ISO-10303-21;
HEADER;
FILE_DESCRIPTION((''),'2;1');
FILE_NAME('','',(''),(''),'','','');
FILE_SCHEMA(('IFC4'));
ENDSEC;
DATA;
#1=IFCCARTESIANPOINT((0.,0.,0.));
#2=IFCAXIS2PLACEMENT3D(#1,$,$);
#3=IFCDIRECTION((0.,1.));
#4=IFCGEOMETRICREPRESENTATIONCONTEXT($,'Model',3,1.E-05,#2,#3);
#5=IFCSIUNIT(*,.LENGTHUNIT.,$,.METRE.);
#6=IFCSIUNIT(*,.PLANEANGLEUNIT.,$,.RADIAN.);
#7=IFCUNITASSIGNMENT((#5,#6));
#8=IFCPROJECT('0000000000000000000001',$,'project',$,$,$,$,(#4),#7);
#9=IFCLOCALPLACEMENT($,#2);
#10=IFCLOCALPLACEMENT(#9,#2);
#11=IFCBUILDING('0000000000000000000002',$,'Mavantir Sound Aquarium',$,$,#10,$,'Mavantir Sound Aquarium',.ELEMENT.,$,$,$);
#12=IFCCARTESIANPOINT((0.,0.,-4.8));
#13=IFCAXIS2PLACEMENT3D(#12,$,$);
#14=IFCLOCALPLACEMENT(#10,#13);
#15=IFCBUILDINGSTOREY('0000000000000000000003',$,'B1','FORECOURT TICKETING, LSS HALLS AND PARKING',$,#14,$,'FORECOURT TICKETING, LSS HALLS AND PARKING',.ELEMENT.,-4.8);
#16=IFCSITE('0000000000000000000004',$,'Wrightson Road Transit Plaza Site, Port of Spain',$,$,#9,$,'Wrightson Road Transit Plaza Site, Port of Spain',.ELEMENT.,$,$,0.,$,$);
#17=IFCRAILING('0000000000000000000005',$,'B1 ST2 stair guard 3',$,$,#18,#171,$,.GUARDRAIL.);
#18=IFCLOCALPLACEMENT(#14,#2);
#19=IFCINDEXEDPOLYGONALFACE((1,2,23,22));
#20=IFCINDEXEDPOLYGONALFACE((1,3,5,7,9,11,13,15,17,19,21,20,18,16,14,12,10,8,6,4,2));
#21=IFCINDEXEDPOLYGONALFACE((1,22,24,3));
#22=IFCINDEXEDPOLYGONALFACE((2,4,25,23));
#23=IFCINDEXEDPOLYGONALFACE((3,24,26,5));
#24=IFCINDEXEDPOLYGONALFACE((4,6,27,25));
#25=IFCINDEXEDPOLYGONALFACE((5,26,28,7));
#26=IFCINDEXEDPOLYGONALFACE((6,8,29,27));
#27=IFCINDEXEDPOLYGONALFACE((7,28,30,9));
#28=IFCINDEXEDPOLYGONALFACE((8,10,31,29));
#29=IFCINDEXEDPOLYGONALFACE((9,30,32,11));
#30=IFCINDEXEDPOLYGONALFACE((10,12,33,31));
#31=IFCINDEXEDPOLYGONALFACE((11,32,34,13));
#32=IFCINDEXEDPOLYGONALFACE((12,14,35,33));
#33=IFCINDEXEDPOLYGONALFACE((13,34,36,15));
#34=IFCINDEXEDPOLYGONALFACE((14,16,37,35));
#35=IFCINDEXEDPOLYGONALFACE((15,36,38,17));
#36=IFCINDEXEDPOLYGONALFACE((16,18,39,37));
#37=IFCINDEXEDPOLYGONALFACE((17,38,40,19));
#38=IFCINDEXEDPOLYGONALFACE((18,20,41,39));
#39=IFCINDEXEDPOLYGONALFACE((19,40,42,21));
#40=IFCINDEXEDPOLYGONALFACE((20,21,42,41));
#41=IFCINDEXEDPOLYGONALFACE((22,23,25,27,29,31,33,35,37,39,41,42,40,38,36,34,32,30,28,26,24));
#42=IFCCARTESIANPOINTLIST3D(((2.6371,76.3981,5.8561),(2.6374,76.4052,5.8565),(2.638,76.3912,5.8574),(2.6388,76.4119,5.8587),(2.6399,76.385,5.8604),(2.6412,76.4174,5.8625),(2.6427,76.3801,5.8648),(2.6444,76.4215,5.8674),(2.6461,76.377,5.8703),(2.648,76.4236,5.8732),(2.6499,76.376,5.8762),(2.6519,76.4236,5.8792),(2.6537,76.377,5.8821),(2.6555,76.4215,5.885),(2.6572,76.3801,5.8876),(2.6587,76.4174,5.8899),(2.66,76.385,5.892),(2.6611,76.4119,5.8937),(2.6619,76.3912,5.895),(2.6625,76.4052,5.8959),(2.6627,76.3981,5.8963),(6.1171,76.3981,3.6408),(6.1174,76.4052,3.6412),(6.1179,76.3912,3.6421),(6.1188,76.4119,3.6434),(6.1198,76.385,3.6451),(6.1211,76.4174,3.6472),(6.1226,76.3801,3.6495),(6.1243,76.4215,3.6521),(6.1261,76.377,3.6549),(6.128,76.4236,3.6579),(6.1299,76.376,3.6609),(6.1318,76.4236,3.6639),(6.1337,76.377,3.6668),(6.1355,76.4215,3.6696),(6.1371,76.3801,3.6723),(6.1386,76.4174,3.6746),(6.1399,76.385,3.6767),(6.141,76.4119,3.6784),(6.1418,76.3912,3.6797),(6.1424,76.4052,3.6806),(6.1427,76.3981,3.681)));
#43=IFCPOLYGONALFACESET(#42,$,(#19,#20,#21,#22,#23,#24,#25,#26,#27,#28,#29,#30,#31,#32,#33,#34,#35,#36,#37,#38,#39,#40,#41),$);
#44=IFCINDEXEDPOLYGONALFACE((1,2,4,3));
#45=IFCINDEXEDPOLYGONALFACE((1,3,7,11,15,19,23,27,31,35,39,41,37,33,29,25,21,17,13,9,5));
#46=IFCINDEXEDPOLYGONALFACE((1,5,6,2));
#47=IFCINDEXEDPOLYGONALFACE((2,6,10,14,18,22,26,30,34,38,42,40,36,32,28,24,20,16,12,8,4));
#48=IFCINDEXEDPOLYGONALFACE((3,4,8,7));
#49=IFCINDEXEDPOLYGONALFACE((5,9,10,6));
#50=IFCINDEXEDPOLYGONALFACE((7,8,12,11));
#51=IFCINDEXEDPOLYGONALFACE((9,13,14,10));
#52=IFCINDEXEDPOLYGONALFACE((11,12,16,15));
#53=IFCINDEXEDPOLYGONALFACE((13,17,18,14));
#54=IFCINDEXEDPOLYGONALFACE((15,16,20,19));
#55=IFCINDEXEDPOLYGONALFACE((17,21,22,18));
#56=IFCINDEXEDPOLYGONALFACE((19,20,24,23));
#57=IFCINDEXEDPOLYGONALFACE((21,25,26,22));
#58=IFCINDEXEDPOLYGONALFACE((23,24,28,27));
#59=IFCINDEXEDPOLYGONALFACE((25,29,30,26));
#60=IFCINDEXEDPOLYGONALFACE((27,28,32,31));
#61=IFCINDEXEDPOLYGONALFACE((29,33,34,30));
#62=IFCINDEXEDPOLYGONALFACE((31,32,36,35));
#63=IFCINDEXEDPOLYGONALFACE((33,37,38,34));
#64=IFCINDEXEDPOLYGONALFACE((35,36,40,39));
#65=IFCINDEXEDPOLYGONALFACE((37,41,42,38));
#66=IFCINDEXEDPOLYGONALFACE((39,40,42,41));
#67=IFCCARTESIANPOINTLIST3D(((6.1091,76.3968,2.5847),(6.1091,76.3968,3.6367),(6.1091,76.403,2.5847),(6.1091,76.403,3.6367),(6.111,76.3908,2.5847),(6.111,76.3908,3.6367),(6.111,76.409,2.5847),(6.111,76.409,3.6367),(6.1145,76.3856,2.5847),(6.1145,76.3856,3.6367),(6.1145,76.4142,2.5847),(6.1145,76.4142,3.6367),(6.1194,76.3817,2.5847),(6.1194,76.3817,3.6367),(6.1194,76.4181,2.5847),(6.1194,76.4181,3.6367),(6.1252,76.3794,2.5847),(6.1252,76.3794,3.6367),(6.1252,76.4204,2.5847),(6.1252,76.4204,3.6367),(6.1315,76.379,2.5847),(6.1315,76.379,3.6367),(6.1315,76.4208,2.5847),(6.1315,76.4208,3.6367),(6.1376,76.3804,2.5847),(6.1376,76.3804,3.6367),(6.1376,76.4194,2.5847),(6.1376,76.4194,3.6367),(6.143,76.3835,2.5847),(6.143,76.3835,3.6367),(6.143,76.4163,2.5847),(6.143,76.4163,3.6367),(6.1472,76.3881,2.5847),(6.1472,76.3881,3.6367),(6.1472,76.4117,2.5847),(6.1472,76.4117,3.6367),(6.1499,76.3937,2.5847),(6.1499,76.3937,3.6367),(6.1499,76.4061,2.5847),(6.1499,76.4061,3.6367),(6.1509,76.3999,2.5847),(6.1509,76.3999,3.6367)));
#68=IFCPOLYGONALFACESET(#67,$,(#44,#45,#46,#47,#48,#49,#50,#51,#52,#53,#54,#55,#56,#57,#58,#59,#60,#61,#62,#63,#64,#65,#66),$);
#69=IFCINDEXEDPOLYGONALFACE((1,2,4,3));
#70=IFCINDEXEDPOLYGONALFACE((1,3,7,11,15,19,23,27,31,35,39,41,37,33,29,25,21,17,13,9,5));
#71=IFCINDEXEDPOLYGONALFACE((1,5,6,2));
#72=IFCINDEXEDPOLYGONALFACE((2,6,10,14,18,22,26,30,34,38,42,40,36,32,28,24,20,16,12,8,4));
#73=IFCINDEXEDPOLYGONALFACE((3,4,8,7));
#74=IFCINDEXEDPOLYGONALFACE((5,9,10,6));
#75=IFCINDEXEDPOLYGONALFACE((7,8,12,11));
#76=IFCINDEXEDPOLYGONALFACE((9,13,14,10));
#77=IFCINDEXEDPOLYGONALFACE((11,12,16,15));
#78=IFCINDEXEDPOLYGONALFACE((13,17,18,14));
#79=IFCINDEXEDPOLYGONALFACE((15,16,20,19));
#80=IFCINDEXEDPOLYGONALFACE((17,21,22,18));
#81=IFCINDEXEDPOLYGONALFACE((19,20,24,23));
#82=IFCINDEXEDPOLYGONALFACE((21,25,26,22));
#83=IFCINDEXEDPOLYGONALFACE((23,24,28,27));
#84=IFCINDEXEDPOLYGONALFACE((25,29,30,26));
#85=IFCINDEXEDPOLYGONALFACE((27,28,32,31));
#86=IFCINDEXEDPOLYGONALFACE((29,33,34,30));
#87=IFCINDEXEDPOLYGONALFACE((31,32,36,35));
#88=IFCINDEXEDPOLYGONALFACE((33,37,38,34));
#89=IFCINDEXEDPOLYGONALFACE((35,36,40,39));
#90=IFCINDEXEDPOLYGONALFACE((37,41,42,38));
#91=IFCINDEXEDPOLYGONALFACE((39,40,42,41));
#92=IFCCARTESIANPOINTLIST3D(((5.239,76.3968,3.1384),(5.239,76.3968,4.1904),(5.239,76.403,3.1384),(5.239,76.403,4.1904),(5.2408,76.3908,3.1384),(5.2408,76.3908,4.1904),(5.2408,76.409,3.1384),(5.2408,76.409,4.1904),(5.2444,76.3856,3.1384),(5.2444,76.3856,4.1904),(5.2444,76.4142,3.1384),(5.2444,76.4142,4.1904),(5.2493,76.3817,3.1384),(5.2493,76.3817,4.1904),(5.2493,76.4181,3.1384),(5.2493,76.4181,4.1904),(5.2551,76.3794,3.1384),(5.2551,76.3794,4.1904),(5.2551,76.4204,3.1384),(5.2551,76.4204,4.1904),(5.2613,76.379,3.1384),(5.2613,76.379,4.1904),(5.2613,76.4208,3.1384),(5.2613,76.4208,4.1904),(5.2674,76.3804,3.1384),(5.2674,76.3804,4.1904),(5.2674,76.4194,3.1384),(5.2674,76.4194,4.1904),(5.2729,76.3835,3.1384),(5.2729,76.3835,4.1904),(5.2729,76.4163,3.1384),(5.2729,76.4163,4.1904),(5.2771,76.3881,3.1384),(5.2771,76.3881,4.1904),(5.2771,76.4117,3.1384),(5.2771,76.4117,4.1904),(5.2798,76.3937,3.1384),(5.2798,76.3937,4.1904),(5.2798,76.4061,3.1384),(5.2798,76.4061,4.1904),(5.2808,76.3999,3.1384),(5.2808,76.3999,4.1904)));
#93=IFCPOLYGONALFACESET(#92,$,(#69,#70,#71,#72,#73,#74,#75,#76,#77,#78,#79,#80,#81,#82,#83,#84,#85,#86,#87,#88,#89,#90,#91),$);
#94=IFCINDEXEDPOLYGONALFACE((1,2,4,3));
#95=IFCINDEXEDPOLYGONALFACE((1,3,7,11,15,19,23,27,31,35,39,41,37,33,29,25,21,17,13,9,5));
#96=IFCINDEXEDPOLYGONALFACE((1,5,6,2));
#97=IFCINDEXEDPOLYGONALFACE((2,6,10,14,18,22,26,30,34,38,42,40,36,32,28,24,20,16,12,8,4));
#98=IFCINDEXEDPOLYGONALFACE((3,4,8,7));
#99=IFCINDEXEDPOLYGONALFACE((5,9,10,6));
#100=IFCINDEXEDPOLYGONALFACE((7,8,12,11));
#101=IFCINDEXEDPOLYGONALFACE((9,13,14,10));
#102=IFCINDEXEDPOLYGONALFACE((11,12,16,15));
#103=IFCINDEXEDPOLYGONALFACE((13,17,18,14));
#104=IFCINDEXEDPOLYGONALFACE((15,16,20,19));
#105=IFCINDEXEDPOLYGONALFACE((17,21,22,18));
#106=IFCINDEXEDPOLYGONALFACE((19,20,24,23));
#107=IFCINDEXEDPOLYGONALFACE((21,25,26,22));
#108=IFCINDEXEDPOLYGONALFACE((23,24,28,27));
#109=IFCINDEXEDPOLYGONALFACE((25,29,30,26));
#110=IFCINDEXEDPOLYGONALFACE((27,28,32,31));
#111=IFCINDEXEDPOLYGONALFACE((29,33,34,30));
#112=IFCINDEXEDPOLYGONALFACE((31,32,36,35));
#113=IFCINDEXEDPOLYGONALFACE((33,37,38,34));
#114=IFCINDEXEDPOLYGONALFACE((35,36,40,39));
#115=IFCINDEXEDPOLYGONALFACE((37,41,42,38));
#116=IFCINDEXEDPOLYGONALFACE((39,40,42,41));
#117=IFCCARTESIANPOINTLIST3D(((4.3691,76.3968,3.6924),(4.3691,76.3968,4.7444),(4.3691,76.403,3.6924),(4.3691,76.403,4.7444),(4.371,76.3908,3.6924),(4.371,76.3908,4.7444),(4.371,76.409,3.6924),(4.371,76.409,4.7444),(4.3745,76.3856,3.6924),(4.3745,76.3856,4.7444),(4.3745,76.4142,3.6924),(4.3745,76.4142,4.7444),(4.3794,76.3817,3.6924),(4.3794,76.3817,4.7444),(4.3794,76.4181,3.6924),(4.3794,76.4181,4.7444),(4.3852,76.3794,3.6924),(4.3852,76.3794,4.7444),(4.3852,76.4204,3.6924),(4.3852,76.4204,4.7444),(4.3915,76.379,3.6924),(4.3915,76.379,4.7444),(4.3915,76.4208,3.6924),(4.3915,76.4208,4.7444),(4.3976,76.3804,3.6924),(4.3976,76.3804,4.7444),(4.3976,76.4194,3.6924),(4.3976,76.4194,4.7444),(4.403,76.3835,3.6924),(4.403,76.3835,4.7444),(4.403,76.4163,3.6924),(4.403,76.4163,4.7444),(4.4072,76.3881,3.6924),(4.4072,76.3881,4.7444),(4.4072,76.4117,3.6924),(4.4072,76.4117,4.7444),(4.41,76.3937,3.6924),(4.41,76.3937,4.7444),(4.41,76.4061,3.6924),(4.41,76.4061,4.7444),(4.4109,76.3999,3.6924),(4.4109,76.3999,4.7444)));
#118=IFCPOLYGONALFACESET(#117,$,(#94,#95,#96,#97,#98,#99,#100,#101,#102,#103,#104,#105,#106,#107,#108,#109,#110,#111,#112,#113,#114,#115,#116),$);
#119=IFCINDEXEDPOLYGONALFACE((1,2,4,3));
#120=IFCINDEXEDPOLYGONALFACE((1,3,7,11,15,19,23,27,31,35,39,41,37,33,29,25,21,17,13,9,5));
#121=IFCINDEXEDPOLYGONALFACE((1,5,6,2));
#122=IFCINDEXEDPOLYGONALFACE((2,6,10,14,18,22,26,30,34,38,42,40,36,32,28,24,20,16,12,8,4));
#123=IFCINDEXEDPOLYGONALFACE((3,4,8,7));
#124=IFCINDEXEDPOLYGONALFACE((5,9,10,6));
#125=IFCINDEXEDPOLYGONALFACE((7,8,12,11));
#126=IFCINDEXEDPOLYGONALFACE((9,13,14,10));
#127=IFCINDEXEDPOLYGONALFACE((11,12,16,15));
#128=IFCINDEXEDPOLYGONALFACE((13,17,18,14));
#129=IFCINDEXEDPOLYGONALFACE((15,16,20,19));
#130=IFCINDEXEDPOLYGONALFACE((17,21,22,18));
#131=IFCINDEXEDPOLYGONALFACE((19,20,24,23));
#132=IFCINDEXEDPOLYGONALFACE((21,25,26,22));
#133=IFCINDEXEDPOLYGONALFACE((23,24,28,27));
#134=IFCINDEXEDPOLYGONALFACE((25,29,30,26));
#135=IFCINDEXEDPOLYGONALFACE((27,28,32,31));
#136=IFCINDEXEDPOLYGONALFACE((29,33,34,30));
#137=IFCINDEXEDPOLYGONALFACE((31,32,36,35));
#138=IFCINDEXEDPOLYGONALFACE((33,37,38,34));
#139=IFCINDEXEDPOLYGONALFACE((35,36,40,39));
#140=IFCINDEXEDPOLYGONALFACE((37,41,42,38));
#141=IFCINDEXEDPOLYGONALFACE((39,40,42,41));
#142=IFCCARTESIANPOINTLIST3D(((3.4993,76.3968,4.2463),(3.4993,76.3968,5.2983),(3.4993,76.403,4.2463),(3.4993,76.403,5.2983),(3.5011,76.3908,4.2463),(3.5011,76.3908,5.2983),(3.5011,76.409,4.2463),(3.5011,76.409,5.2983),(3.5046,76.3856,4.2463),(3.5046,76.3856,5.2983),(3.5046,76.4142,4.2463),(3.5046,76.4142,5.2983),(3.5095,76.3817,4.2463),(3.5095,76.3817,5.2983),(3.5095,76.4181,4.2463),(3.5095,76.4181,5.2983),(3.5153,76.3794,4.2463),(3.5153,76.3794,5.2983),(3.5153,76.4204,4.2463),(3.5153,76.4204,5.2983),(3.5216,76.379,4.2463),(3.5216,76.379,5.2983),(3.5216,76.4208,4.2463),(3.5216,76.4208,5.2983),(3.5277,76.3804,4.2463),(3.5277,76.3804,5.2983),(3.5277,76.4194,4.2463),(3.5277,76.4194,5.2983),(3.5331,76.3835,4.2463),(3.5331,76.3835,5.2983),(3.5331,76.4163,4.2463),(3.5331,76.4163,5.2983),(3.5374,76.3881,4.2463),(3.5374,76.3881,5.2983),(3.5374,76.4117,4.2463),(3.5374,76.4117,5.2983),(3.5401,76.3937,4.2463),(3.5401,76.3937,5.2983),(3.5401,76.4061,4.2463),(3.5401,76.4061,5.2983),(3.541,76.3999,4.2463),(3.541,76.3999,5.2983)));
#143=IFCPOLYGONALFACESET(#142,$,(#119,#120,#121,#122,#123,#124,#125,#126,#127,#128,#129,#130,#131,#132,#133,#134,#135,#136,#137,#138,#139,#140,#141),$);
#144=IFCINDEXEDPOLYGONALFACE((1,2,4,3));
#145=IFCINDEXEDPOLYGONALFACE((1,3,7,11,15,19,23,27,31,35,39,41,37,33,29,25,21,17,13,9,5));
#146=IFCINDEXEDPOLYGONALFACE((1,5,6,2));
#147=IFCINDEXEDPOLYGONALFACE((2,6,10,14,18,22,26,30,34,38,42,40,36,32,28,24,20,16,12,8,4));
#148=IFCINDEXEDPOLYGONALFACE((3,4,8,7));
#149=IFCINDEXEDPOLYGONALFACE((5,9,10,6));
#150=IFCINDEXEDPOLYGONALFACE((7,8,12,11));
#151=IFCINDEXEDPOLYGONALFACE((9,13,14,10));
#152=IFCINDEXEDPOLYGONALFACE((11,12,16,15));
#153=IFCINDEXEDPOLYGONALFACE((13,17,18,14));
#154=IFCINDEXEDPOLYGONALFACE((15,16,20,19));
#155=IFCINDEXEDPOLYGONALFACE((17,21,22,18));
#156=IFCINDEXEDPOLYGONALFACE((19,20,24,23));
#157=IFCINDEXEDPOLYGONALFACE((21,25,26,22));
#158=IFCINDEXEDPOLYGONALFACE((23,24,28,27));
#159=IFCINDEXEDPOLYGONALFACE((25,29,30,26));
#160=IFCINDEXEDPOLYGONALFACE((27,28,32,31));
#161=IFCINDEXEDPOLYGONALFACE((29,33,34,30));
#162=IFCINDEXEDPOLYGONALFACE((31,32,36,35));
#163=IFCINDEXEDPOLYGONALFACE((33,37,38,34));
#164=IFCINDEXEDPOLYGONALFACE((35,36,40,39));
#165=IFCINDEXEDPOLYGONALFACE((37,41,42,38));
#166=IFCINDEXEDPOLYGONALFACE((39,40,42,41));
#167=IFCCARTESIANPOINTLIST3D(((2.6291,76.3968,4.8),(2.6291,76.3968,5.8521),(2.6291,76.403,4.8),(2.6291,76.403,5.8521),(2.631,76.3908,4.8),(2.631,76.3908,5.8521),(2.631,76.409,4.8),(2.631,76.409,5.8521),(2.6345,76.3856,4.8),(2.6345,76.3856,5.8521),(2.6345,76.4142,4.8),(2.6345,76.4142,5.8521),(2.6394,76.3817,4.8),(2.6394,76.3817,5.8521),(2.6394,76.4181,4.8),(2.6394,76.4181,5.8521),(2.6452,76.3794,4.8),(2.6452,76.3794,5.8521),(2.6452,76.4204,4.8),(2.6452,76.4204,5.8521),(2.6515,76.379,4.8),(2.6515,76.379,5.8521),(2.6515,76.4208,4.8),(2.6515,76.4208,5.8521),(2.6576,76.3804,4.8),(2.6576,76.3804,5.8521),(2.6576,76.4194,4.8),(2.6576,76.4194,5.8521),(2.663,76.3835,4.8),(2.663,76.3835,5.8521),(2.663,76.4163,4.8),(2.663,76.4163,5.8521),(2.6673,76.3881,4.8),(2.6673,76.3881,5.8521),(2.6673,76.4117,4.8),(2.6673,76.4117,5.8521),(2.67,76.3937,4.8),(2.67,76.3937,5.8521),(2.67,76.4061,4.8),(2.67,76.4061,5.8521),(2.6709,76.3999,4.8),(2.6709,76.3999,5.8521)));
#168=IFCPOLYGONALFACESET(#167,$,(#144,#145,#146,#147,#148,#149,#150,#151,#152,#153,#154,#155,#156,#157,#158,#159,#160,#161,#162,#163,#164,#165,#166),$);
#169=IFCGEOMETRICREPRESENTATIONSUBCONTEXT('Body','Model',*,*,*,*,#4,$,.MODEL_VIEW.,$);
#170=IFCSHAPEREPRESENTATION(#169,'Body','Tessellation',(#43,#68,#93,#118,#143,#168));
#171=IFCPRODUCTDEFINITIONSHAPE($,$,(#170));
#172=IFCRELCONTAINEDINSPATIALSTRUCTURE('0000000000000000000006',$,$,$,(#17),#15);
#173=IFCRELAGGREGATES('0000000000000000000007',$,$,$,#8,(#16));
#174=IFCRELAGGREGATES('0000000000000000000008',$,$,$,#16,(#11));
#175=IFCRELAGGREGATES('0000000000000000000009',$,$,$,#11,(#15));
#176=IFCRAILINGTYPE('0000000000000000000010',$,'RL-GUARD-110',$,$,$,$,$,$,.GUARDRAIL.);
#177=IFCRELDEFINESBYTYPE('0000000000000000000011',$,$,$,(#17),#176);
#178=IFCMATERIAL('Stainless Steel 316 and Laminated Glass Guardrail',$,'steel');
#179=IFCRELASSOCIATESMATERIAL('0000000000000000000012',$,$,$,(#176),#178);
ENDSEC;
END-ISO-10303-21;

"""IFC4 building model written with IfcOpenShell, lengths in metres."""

from ifc_helpers import new_model, si_unit, direction, frame, origin, origin_2d, place, context, subcontext, project, spatial, circle, extrude, material, type_object, element, save


model = new_model("IFC4")

# Units and contexts
model_context = context("Model", 3, precision=1e-05, world=origin(), true_north=direction((0.0, 1.0)))
body_context = subcontext(model_context, "Body", "Model", "MODEL_VIEW")
ifc_project = project(units=[si_unit("LENGTHUNIT", "METRE"), si_unit("PLANEANGLEUNIT", "RADIAN")], contexts=[model_context])

# Site, building, storey
site_placement = place(None, origin())
site = spatial("IfcSite", under=ifc_project, at=site_placement, Name="Wrightson Road Transit Plaza Site, Port of Spain", LongName="Wrightson Road Transit Plaza Site, Port of Spain", CompositionType="ELEMENT", RefElevation=0.0)
building_placement = place(site_placement, origin())
building = spatial("IfcBuilding", under=site, at=building_placement, Name="Mavantir Sound Aquarium", LongName="Mavantir Sound Aquarium", CompositionType="ELEMENT")
storey_placement = place(building_placement, frame((0.0, 0.0, -4.8)))
storey = spatial("IfcBuildingStorey", under=building, at=storey_placement, Name="B1", Description="FORECOURT TICKETING, LSS HALLS AND PARKING", LongName="FORECOURT TICKETING, LSS HALLS AND PARKING", CompositionType="ELEMENT", Elevation=-4.8)

# Railing
ifc_material_1 = material(Name="Stainless Steel 316 and Laminated Glass Guardrail", Category="steel")
railing_type_1 = type_object("IfcRailingType", Name="RL-GUARD-110", PredefinedType="GUARDRAIL", material=ifc_material_1)
railing_1_placement = place(storey_placement, frame((6.1299, 76.3999, 2.5847)))
element("IfcRailing", 1, at=railing_1_placement, inside=storey, type_object=railing_type_1, Name="B1 ST2 stair guard 3", PredefinedType="GUARDRAIL", context=body_context, shape_type="SweptSolid", body=[
    extrude(circle(Radius=0.0239, at=origin_2d()), frame((0.0, 0.0, 1.0762), z_axis=(-0.843574, 0.0, 0.537013), x_axis=(0.0, -1.0, 0.0)), (0.0, 0.0, 1.0), 4.1252),
    extrude(circle(Radius=0.021, at=origin_2d()), origin(), (0.0, 0.0, 1.0), 1.052),
    extrude(circle(Radius=0.021, at=origin_2d()), frame((-0.8701, 0.0, 0.5537)), (0.0, 0.0, 1.0), 1.052),
    extrude(circle(Radius=0.021, at=origin_2d()), frame((-1.74, 0.0, 1.1077)), (0.0, 0.0, 1.0), 1.052),
    extrude(circle(Radius=0.021, at=origin_2d()), frame((-2.6099, 0.0, 1.6616)), (0.0, 0.0, 1.0), 1.052),
    extrude(circle(Radius=0.021, at=origin_2d()), frame((-3.48, 0.0, 2.2153)), (0.0, 0.0, 1.0), 1.052),
])

save(model, "model.ifc")
